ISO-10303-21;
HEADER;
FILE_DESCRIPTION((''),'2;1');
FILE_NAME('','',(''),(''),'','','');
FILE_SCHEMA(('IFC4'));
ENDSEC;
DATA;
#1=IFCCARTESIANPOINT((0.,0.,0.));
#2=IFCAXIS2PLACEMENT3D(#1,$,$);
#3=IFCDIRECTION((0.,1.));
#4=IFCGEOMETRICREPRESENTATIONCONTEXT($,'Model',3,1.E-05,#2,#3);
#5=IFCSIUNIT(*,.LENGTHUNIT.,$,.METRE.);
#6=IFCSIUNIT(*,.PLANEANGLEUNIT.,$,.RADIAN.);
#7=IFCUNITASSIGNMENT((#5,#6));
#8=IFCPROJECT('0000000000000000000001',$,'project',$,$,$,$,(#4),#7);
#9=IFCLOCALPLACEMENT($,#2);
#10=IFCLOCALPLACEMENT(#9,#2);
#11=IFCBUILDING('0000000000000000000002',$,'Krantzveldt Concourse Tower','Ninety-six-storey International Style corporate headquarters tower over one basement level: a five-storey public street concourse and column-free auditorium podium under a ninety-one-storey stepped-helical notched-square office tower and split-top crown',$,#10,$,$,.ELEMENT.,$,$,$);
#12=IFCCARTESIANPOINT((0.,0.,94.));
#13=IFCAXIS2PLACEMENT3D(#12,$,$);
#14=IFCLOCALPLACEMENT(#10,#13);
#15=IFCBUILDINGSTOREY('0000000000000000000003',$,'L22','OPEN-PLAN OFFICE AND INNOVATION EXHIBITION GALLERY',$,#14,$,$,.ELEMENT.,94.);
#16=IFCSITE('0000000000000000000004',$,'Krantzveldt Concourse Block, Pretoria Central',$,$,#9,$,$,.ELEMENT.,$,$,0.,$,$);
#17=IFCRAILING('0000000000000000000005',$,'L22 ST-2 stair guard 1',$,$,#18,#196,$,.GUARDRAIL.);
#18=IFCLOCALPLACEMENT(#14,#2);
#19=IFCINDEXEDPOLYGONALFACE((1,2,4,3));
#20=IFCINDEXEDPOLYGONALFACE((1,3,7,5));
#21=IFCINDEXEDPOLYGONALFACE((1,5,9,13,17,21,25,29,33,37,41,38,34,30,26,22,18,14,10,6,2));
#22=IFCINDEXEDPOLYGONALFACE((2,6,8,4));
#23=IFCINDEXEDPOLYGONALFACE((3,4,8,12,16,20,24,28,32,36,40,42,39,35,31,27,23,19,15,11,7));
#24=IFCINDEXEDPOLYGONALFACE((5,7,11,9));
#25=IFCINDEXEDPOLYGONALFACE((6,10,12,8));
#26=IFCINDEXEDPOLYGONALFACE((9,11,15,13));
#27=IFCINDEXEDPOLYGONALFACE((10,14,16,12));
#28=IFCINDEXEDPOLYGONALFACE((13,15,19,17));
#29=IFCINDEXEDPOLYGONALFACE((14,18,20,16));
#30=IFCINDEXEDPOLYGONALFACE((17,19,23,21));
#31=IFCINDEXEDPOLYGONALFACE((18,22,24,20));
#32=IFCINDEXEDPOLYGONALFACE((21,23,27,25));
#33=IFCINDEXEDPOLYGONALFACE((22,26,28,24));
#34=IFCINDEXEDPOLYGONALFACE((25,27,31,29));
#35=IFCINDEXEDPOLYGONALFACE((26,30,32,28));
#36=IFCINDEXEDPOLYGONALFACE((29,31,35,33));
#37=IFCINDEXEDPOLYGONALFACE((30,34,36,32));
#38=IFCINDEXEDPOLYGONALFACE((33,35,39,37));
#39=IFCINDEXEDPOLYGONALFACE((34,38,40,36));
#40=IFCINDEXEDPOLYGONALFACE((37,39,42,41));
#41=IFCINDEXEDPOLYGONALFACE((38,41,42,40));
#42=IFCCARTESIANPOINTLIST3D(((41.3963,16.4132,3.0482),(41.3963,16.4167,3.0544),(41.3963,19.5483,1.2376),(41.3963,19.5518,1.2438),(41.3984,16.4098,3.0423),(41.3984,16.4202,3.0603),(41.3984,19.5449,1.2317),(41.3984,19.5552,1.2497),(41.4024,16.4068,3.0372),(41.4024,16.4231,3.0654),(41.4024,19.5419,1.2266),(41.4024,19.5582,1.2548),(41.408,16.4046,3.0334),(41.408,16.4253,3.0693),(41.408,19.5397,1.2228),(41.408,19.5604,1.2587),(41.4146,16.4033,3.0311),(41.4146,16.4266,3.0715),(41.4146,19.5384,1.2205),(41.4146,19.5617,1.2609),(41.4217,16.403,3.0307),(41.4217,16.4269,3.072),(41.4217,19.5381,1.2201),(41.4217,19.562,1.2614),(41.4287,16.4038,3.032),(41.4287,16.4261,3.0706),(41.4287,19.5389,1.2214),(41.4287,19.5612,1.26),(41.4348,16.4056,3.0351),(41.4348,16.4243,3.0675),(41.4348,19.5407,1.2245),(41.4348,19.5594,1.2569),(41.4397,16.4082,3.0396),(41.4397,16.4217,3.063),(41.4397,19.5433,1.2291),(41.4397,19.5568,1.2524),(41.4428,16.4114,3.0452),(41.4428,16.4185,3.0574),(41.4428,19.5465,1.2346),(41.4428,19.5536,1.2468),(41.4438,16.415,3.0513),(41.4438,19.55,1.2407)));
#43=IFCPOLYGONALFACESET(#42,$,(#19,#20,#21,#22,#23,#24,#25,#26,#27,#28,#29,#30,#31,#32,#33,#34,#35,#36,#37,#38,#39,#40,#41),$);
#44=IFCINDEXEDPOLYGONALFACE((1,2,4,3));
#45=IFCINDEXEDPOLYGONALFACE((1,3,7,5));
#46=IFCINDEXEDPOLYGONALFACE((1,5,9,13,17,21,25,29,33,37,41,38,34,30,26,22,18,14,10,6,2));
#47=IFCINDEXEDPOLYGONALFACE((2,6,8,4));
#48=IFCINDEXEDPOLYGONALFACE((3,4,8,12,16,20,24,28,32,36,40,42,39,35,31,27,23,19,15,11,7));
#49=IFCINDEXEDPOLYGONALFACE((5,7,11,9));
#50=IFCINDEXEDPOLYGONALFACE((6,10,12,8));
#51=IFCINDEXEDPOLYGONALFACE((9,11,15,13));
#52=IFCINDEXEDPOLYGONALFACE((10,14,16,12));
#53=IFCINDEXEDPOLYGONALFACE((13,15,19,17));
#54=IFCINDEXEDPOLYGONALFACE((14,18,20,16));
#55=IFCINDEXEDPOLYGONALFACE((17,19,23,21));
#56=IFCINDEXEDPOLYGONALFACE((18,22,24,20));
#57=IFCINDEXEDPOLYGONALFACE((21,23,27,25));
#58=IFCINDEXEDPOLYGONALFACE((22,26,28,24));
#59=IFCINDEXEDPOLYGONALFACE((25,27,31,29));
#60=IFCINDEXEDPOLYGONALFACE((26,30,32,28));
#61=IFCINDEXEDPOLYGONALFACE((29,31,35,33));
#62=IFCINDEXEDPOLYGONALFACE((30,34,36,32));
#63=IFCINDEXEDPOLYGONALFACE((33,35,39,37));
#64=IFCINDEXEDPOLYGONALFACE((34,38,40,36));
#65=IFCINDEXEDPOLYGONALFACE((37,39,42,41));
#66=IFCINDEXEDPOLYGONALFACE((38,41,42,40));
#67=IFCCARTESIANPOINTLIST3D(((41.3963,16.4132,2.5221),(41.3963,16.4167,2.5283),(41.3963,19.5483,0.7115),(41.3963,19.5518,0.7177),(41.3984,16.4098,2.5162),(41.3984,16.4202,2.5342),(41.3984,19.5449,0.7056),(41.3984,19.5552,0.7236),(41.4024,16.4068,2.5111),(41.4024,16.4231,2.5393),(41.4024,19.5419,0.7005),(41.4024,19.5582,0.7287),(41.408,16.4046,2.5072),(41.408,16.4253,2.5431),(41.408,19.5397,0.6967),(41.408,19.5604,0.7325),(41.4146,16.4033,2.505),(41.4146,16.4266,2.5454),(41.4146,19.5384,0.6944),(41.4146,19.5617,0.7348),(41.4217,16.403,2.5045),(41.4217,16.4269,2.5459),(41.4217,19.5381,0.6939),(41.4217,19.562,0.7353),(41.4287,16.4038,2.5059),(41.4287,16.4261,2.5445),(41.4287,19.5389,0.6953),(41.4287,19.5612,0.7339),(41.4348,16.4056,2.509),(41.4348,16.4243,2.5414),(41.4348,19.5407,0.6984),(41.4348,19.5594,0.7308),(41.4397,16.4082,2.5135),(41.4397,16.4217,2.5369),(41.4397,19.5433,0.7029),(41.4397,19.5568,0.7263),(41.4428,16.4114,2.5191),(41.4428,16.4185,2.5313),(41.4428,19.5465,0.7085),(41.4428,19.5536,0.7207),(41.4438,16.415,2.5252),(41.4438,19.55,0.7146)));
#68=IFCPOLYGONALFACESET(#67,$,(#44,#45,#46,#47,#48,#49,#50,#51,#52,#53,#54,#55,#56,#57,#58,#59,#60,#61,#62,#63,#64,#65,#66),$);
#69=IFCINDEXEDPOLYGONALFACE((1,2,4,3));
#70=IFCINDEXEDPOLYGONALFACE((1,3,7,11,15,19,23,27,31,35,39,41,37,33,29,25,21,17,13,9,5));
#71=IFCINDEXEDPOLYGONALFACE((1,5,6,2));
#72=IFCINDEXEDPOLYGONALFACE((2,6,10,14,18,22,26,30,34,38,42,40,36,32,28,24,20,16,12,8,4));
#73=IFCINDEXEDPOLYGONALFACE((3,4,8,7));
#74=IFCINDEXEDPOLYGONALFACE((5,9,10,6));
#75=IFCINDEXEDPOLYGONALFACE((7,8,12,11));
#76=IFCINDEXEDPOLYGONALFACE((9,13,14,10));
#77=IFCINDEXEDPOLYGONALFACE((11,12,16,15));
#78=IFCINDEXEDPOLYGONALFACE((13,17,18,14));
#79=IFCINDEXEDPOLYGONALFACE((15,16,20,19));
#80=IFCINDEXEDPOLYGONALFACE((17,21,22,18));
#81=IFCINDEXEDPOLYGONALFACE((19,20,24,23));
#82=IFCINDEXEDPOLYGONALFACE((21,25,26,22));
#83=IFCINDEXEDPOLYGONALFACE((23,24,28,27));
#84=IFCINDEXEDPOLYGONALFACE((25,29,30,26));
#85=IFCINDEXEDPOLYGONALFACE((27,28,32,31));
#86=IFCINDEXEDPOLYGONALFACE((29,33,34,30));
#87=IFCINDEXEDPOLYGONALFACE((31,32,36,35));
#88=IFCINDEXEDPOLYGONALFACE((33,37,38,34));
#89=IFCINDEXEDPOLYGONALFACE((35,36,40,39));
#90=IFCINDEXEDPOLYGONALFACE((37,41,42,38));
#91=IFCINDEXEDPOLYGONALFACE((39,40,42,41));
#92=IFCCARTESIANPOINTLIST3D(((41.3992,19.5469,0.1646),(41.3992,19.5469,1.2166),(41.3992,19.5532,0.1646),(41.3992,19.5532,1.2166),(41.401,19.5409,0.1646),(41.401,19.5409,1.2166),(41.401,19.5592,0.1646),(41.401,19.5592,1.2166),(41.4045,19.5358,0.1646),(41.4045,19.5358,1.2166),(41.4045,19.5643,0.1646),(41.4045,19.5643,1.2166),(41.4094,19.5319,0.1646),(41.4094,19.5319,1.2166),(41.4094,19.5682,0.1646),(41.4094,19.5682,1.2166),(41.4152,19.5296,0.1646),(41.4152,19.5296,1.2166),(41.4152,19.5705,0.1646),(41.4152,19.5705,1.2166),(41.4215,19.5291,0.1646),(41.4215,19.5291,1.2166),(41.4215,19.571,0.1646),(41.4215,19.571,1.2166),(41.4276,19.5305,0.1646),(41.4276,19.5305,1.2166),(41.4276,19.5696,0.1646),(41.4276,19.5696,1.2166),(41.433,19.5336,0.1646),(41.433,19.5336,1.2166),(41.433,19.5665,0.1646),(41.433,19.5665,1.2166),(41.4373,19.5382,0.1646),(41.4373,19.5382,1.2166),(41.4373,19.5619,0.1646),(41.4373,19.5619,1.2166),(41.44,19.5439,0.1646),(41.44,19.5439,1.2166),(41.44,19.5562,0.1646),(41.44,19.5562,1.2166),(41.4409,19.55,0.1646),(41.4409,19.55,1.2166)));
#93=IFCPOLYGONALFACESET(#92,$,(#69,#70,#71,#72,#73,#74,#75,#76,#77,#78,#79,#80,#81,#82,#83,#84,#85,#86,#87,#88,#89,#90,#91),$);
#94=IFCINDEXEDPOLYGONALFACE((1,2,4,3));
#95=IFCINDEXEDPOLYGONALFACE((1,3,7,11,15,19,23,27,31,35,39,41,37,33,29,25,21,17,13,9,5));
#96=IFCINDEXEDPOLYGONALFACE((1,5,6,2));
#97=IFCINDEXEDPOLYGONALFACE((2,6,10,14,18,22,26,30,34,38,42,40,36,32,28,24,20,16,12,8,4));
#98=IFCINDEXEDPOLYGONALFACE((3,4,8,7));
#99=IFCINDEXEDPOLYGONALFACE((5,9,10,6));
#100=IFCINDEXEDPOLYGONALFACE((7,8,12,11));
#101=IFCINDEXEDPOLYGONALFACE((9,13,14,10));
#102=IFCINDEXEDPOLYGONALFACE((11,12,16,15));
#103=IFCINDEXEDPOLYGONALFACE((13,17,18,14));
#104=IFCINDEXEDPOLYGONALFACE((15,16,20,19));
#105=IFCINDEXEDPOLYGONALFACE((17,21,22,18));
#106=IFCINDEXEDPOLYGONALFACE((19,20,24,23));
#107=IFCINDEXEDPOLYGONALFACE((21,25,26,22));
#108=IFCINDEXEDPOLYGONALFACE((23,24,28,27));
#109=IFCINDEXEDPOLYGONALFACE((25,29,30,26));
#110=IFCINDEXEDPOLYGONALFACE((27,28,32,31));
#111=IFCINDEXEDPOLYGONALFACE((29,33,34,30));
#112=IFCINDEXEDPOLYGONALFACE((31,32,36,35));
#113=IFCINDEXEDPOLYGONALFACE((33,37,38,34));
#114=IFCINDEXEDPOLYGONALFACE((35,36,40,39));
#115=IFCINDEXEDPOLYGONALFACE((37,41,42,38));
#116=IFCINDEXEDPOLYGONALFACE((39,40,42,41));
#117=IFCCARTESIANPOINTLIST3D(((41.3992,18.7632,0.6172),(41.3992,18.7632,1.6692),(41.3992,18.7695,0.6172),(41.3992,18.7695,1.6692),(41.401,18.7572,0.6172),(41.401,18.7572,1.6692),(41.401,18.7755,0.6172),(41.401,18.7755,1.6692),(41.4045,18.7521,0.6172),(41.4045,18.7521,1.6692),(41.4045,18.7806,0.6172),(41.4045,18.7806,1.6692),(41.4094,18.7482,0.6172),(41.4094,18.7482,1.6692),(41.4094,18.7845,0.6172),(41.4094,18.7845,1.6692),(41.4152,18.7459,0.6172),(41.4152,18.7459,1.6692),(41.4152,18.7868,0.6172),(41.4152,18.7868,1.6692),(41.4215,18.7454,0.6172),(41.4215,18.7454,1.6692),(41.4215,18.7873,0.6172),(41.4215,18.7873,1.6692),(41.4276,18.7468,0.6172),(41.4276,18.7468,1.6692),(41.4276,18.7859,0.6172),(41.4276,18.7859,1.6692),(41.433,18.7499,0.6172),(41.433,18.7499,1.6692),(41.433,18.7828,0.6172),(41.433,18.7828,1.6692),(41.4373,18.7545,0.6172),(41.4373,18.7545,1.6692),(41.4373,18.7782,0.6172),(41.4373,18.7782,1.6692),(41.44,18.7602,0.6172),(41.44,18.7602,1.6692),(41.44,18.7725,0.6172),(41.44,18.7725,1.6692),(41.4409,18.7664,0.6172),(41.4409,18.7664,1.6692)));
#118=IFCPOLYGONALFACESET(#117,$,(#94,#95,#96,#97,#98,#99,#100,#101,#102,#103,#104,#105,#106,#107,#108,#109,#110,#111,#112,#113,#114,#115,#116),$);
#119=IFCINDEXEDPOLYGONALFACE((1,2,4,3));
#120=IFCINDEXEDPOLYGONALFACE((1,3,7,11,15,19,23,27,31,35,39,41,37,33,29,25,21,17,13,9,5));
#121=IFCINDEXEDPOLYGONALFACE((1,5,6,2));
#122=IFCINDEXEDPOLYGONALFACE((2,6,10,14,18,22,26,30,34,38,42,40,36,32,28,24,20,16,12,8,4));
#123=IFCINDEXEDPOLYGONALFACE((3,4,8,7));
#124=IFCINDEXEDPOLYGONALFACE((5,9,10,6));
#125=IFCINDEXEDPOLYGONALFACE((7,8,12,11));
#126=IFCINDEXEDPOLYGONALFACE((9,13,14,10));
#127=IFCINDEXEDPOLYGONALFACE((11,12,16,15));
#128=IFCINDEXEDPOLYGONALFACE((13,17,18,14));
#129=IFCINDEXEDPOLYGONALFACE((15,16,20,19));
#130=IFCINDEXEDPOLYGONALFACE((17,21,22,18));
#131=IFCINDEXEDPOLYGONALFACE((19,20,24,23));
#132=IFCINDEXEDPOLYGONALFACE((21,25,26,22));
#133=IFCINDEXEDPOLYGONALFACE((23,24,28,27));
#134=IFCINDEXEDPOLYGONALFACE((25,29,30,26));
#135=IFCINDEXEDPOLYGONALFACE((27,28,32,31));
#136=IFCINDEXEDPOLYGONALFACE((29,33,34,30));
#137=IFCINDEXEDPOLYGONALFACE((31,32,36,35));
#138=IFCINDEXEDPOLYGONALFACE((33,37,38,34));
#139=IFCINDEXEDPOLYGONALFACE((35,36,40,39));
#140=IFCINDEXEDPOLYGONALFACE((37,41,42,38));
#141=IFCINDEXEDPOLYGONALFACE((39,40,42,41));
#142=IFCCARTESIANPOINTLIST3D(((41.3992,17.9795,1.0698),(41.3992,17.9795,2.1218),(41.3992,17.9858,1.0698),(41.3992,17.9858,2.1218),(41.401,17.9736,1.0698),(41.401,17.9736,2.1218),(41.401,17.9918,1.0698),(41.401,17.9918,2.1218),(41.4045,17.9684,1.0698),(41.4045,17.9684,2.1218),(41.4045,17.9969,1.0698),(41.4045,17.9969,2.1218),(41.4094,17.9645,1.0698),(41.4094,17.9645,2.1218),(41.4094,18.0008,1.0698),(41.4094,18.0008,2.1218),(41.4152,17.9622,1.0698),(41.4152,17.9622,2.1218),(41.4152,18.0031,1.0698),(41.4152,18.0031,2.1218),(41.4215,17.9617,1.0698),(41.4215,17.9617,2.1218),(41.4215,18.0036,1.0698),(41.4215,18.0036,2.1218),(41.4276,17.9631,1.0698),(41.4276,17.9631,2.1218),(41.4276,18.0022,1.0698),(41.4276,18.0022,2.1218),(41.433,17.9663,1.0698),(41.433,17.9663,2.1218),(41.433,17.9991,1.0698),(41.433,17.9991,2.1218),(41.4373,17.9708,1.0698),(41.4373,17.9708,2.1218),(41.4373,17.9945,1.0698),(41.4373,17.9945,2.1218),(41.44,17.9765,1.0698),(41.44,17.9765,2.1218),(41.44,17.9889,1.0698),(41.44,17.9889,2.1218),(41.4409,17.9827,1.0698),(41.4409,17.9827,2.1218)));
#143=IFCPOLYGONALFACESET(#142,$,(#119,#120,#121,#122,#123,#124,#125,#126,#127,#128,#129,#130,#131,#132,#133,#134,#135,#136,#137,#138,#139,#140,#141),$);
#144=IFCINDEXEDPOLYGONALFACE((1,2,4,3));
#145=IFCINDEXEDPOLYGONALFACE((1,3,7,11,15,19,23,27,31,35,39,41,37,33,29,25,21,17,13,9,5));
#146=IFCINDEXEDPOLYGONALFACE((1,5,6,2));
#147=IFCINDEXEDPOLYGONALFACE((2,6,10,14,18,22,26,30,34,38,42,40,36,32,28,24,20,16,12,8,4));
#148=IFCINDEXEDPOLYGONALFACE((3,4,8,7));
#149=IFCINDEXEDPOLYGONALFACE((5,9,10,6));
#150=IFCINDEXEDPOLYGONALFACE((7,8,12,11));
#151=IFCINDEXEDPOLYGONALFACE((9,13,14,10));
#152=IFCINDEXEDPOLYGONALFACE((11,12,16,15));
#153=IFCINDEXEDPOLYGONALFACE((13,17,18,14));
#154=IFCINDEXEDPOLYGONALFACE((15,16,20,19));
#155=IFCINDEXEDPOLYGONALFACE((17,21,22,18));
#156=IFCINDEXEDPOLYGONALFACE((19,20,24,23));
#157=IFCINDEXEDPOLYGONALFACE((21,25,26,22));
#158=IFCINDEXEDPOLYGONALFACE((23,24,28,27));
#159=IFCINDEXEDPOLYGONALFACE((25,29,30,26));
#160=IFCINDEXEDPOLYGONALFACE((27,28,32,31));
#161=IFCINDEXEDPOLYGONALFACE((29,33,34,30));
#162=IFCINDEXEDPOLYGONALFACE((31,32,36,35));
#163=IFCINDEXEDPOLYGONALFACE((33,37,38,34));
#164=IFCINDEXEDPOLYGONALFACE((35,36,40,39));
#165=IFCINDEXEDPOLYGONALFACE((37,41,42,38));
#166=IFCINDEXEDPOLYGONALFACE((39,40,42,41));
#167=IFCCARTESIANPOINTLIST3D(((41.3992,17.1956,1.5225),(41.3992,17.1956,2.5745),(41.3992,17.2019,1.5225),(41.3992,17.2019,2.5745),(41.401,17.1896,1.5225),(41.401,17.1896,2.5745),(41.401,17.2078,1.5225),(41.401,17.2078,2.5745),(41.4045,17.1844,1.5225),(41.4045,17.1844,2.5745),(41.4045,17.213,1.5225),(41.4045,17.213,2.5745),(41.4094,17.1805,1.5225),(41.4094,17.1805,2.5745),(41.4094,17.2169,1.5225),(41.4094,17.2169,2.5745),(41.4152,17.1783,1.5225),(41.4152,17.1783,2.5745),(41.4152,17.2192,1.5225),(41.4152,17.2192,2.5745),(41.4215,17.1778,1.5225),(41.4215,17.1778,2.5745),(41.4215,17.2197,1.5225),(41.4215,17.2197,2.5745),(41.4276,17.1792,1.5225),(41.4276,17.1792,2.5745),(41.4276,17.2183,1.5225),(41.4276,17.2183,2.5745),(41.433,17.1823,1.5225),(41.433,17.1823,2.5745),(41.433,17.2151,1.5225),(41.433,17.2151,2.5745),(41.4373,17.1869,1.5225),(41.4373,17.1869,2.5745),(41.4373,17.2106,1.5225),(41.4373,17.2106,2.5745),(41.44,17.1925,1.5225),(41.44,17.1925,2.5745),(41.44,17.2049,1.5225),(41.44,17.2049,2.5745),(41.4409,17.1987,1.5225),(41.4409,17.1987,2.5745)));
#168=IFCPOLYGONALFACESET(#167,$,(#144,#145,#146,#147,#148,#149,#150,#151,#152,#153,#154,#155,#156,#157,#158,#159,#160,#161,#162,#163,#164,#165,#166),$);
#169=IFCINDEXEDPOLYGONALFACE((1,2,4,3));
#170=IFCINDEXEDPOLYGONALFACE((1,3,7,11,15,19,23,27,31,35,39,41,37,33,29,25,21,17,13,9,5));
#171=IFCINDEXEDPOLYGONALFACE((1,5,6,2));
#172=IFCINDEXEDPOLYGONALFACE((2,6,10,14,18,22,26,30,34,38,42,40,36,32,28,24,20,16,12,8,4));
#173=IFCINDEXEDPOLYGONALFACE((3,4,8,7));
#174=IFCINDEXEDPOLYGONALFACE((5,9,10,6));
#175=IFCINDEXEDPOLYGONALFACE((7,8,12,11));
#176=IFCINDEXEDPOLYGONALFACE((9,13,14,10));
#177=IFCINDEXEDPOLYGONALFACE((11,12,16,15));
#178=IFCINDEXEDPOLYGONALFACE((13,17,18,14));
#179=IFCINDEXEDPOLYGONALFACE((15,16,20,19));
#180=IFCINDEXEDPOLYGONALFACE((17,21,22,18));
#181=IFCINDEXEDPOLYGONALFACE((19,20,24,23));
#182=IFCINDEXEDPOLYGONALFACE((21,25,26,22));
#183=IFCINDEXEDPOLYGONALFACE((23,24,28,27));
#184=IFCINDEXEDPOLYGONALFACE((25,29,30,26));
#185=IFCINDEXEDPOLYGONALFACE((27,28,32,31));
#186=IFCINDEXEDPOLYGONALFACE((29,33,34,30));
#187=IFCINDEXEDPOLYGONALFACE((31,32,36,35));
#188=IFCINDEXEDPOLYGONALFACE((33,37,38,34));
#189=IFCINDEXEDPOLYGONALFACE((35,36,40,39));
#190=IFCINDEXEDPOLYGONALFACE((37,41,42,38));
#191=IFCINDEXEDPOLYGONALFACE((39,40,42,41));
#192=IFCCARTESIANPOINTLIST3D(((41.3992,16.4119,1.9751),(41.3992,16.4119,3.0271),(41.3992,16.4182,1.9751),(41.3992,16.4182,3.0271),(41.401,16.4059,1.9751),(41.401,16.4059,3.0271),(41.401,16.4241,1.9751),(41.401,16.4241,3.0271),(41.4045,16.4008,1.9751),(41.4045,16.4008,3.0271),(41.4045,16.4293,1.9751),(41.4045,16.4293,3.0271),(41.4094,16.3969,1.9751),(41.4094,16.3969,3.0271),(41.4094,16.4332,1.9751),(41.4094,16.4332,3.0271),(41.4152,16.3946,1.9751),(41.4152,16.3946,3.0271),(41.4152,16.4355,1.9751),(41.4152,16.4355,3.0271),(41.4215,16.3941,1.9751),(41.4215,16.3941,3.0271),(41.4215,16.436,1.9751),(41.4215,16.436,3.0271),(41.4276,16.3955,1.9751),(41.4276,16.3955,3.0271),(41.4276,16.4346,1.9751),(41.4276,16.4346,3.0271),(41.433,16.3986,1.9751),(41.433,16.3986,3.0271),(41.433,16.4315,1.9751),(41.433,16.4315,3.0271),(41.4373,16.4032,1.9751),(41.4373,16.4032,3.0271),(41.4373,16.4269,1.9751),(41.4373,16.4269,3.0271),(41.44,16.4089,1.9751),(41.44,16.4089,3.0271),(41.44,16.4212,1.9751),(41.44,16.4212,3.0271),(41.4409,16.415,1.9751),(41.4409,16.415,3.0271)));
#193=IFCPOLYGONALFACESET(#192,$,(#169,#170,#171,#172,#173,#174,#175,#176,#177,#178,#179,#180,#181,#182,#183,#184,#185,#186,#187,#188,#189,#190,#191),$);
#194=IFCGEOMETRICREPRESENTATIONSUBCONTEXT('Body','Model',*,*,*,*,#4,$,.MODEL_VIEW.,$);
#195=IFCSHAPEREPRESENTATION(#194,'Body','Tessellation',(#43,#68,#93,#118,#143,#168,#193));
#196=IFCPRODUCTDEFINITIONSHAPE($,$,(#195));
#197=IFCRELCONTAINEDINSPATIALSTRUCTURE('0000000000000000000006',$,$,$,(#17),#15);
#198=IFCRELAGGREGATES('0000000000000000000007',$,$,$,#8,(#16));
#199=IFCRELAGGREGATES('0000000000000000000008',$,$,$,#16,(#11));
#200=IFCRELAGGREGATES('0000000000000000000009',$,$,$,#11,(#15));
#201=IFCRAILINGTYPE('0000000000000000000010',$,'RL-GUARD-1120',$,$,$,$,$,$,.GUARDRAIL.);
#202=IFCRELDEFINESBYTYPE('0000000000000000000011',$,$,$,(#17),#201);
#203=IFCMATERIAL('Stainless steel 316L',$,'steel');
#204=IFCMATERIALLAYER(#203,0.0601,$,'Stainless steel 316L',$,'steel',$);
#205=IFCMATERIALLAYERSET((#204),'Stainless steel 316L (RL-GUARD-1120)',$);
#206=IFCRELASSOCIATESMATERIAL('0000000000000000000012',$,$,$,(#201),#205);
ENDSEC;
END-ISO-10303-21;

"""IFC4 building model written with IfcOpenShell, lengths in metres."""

from ifc_helpers import new_model, si_unit, direction, frame, origin, origin_2d, place, context, subcontext, project, spatial, circle, extrude, material, layer, layer_set, type_object, element, save


model = new_model("IFC4")

# Units and contexts
model_context = context("Model", 3, precision=1e-05, world=origin(), true_north=direction((0.0, 1.0)))
body_context = subcontext(model_context, "Body", "Model", "MODEL_VIEW")
ifc_project = project(units=[si_unit("LENGTHUNIT", "METRE"), si_unit("PLANEANGLEUNIT", "RADIAN")], contexts=[model_context])

# Site, building, storey
site_placement = place(None, origin())
site = spatial("IfcSite", under=ifc_project, at=site_placement, Name="Krantzveldt Concourse Block, Pretoria Central", CompositionType="ELEMENT", RefElevation=0.0)
building_placement = place(site_placement, origin())
building = spatial("IfcBuilding", under=site, at=building_placement, Name="Krantzveldt Concourse Tower", Description="Ninety-six-storey International Style corporate headquarters tower over one basement level: a five-storey public street concourse and column-free auditorium podium under a ninety-one-storey stepped-helical notched-square office tower and split-top crown", CompositionType="ELEMENT")
storey_placement = place(building_placement, frame((0.0, 0.0, 94.0)))
storey = spatial("IfcBuildingStorey", under=building, at=storey_placement, Name="L22", Description="OPEN-PLAN OFFICE AND INNOVATION EXHIBITION GALLERY", CompositionType="ELEMENT", Elevation=94.0)

# Shared definitions
ifc_material_1 = material(Name="Stainless steel 316L", Category="steel")

# Railing
ifc_layer_1 = layer(ifc_material_1, 0.0601, Name="Stainless steel 316L", Category="steel")
ifc_layer_set_1 = layer_set([ifc_layer_1], Name="Stainless steel 316L (RL-GUARD-1120)")
railing_type_1 = type_object("IfcRailingType", Name="RL-GUARD-1120", PredefinedType="GUARDRAIL", material=ifc_layer_set_1)
railing_1_placement = place(storey_placement, frame((41.4199, 19.55, 0.1646)))
element("IfcRailing", 1, at=railing_1_placement, inside=storey, type_object=railing_type_1, Name="L22 ST-2 stair guard 1", PredefinedType="GUARDRAIL", context=body_context, shape_type="SweptSolid", body=[
    extrude(circle(Radius=0.0239, at=origin_2d()), frame((0.0, 0.0, 1.0762), z_axis=(0.0, -0.86596, 0.500114), x_axis=(1.0, 0.0, 0.0)), (0.0, 0.0, 1.0), 3.6204),
    extrude(circle(Radius=0.0239, at=origin_2d()), frame((0.0, 0.0, 0.55), z_axis=(0.0, -0.86596, 0.500114), x_axis=(1.0, 0.0, 0.0)), (0.0, 0.0, 1.0), 3.6204),
    extrude(circle(Radius=0.021, at=origin_2d()), origin(), (0.0, 0.0, 1.0), 1.052),
    extrude(circle(Radius=0.021, at=origin_2d()), frame((0.0, -0.7837, 0.4526)), (0.0, 0.0, 1.0), 1.052),
    extrude(circle(Radius=0.021, at=origin_2d()), frame((0.0, -1.5674, 0.9053)), (0.0, 0.0, 1.0), 1.052),
    extrude(circle(Radius=0.021, at=origin_2d()), frame((0.0, -2.3513, 1.3579)), (0.0, 0.0, 1.0), 1.052),
    extrude(circle(Radius=0.021, at=origin_2d()), frame((0.0, -3.135, 1.8105)), (0.0, 0.0, 1.0), 1.052),
])

save(model, "model.ifc")
